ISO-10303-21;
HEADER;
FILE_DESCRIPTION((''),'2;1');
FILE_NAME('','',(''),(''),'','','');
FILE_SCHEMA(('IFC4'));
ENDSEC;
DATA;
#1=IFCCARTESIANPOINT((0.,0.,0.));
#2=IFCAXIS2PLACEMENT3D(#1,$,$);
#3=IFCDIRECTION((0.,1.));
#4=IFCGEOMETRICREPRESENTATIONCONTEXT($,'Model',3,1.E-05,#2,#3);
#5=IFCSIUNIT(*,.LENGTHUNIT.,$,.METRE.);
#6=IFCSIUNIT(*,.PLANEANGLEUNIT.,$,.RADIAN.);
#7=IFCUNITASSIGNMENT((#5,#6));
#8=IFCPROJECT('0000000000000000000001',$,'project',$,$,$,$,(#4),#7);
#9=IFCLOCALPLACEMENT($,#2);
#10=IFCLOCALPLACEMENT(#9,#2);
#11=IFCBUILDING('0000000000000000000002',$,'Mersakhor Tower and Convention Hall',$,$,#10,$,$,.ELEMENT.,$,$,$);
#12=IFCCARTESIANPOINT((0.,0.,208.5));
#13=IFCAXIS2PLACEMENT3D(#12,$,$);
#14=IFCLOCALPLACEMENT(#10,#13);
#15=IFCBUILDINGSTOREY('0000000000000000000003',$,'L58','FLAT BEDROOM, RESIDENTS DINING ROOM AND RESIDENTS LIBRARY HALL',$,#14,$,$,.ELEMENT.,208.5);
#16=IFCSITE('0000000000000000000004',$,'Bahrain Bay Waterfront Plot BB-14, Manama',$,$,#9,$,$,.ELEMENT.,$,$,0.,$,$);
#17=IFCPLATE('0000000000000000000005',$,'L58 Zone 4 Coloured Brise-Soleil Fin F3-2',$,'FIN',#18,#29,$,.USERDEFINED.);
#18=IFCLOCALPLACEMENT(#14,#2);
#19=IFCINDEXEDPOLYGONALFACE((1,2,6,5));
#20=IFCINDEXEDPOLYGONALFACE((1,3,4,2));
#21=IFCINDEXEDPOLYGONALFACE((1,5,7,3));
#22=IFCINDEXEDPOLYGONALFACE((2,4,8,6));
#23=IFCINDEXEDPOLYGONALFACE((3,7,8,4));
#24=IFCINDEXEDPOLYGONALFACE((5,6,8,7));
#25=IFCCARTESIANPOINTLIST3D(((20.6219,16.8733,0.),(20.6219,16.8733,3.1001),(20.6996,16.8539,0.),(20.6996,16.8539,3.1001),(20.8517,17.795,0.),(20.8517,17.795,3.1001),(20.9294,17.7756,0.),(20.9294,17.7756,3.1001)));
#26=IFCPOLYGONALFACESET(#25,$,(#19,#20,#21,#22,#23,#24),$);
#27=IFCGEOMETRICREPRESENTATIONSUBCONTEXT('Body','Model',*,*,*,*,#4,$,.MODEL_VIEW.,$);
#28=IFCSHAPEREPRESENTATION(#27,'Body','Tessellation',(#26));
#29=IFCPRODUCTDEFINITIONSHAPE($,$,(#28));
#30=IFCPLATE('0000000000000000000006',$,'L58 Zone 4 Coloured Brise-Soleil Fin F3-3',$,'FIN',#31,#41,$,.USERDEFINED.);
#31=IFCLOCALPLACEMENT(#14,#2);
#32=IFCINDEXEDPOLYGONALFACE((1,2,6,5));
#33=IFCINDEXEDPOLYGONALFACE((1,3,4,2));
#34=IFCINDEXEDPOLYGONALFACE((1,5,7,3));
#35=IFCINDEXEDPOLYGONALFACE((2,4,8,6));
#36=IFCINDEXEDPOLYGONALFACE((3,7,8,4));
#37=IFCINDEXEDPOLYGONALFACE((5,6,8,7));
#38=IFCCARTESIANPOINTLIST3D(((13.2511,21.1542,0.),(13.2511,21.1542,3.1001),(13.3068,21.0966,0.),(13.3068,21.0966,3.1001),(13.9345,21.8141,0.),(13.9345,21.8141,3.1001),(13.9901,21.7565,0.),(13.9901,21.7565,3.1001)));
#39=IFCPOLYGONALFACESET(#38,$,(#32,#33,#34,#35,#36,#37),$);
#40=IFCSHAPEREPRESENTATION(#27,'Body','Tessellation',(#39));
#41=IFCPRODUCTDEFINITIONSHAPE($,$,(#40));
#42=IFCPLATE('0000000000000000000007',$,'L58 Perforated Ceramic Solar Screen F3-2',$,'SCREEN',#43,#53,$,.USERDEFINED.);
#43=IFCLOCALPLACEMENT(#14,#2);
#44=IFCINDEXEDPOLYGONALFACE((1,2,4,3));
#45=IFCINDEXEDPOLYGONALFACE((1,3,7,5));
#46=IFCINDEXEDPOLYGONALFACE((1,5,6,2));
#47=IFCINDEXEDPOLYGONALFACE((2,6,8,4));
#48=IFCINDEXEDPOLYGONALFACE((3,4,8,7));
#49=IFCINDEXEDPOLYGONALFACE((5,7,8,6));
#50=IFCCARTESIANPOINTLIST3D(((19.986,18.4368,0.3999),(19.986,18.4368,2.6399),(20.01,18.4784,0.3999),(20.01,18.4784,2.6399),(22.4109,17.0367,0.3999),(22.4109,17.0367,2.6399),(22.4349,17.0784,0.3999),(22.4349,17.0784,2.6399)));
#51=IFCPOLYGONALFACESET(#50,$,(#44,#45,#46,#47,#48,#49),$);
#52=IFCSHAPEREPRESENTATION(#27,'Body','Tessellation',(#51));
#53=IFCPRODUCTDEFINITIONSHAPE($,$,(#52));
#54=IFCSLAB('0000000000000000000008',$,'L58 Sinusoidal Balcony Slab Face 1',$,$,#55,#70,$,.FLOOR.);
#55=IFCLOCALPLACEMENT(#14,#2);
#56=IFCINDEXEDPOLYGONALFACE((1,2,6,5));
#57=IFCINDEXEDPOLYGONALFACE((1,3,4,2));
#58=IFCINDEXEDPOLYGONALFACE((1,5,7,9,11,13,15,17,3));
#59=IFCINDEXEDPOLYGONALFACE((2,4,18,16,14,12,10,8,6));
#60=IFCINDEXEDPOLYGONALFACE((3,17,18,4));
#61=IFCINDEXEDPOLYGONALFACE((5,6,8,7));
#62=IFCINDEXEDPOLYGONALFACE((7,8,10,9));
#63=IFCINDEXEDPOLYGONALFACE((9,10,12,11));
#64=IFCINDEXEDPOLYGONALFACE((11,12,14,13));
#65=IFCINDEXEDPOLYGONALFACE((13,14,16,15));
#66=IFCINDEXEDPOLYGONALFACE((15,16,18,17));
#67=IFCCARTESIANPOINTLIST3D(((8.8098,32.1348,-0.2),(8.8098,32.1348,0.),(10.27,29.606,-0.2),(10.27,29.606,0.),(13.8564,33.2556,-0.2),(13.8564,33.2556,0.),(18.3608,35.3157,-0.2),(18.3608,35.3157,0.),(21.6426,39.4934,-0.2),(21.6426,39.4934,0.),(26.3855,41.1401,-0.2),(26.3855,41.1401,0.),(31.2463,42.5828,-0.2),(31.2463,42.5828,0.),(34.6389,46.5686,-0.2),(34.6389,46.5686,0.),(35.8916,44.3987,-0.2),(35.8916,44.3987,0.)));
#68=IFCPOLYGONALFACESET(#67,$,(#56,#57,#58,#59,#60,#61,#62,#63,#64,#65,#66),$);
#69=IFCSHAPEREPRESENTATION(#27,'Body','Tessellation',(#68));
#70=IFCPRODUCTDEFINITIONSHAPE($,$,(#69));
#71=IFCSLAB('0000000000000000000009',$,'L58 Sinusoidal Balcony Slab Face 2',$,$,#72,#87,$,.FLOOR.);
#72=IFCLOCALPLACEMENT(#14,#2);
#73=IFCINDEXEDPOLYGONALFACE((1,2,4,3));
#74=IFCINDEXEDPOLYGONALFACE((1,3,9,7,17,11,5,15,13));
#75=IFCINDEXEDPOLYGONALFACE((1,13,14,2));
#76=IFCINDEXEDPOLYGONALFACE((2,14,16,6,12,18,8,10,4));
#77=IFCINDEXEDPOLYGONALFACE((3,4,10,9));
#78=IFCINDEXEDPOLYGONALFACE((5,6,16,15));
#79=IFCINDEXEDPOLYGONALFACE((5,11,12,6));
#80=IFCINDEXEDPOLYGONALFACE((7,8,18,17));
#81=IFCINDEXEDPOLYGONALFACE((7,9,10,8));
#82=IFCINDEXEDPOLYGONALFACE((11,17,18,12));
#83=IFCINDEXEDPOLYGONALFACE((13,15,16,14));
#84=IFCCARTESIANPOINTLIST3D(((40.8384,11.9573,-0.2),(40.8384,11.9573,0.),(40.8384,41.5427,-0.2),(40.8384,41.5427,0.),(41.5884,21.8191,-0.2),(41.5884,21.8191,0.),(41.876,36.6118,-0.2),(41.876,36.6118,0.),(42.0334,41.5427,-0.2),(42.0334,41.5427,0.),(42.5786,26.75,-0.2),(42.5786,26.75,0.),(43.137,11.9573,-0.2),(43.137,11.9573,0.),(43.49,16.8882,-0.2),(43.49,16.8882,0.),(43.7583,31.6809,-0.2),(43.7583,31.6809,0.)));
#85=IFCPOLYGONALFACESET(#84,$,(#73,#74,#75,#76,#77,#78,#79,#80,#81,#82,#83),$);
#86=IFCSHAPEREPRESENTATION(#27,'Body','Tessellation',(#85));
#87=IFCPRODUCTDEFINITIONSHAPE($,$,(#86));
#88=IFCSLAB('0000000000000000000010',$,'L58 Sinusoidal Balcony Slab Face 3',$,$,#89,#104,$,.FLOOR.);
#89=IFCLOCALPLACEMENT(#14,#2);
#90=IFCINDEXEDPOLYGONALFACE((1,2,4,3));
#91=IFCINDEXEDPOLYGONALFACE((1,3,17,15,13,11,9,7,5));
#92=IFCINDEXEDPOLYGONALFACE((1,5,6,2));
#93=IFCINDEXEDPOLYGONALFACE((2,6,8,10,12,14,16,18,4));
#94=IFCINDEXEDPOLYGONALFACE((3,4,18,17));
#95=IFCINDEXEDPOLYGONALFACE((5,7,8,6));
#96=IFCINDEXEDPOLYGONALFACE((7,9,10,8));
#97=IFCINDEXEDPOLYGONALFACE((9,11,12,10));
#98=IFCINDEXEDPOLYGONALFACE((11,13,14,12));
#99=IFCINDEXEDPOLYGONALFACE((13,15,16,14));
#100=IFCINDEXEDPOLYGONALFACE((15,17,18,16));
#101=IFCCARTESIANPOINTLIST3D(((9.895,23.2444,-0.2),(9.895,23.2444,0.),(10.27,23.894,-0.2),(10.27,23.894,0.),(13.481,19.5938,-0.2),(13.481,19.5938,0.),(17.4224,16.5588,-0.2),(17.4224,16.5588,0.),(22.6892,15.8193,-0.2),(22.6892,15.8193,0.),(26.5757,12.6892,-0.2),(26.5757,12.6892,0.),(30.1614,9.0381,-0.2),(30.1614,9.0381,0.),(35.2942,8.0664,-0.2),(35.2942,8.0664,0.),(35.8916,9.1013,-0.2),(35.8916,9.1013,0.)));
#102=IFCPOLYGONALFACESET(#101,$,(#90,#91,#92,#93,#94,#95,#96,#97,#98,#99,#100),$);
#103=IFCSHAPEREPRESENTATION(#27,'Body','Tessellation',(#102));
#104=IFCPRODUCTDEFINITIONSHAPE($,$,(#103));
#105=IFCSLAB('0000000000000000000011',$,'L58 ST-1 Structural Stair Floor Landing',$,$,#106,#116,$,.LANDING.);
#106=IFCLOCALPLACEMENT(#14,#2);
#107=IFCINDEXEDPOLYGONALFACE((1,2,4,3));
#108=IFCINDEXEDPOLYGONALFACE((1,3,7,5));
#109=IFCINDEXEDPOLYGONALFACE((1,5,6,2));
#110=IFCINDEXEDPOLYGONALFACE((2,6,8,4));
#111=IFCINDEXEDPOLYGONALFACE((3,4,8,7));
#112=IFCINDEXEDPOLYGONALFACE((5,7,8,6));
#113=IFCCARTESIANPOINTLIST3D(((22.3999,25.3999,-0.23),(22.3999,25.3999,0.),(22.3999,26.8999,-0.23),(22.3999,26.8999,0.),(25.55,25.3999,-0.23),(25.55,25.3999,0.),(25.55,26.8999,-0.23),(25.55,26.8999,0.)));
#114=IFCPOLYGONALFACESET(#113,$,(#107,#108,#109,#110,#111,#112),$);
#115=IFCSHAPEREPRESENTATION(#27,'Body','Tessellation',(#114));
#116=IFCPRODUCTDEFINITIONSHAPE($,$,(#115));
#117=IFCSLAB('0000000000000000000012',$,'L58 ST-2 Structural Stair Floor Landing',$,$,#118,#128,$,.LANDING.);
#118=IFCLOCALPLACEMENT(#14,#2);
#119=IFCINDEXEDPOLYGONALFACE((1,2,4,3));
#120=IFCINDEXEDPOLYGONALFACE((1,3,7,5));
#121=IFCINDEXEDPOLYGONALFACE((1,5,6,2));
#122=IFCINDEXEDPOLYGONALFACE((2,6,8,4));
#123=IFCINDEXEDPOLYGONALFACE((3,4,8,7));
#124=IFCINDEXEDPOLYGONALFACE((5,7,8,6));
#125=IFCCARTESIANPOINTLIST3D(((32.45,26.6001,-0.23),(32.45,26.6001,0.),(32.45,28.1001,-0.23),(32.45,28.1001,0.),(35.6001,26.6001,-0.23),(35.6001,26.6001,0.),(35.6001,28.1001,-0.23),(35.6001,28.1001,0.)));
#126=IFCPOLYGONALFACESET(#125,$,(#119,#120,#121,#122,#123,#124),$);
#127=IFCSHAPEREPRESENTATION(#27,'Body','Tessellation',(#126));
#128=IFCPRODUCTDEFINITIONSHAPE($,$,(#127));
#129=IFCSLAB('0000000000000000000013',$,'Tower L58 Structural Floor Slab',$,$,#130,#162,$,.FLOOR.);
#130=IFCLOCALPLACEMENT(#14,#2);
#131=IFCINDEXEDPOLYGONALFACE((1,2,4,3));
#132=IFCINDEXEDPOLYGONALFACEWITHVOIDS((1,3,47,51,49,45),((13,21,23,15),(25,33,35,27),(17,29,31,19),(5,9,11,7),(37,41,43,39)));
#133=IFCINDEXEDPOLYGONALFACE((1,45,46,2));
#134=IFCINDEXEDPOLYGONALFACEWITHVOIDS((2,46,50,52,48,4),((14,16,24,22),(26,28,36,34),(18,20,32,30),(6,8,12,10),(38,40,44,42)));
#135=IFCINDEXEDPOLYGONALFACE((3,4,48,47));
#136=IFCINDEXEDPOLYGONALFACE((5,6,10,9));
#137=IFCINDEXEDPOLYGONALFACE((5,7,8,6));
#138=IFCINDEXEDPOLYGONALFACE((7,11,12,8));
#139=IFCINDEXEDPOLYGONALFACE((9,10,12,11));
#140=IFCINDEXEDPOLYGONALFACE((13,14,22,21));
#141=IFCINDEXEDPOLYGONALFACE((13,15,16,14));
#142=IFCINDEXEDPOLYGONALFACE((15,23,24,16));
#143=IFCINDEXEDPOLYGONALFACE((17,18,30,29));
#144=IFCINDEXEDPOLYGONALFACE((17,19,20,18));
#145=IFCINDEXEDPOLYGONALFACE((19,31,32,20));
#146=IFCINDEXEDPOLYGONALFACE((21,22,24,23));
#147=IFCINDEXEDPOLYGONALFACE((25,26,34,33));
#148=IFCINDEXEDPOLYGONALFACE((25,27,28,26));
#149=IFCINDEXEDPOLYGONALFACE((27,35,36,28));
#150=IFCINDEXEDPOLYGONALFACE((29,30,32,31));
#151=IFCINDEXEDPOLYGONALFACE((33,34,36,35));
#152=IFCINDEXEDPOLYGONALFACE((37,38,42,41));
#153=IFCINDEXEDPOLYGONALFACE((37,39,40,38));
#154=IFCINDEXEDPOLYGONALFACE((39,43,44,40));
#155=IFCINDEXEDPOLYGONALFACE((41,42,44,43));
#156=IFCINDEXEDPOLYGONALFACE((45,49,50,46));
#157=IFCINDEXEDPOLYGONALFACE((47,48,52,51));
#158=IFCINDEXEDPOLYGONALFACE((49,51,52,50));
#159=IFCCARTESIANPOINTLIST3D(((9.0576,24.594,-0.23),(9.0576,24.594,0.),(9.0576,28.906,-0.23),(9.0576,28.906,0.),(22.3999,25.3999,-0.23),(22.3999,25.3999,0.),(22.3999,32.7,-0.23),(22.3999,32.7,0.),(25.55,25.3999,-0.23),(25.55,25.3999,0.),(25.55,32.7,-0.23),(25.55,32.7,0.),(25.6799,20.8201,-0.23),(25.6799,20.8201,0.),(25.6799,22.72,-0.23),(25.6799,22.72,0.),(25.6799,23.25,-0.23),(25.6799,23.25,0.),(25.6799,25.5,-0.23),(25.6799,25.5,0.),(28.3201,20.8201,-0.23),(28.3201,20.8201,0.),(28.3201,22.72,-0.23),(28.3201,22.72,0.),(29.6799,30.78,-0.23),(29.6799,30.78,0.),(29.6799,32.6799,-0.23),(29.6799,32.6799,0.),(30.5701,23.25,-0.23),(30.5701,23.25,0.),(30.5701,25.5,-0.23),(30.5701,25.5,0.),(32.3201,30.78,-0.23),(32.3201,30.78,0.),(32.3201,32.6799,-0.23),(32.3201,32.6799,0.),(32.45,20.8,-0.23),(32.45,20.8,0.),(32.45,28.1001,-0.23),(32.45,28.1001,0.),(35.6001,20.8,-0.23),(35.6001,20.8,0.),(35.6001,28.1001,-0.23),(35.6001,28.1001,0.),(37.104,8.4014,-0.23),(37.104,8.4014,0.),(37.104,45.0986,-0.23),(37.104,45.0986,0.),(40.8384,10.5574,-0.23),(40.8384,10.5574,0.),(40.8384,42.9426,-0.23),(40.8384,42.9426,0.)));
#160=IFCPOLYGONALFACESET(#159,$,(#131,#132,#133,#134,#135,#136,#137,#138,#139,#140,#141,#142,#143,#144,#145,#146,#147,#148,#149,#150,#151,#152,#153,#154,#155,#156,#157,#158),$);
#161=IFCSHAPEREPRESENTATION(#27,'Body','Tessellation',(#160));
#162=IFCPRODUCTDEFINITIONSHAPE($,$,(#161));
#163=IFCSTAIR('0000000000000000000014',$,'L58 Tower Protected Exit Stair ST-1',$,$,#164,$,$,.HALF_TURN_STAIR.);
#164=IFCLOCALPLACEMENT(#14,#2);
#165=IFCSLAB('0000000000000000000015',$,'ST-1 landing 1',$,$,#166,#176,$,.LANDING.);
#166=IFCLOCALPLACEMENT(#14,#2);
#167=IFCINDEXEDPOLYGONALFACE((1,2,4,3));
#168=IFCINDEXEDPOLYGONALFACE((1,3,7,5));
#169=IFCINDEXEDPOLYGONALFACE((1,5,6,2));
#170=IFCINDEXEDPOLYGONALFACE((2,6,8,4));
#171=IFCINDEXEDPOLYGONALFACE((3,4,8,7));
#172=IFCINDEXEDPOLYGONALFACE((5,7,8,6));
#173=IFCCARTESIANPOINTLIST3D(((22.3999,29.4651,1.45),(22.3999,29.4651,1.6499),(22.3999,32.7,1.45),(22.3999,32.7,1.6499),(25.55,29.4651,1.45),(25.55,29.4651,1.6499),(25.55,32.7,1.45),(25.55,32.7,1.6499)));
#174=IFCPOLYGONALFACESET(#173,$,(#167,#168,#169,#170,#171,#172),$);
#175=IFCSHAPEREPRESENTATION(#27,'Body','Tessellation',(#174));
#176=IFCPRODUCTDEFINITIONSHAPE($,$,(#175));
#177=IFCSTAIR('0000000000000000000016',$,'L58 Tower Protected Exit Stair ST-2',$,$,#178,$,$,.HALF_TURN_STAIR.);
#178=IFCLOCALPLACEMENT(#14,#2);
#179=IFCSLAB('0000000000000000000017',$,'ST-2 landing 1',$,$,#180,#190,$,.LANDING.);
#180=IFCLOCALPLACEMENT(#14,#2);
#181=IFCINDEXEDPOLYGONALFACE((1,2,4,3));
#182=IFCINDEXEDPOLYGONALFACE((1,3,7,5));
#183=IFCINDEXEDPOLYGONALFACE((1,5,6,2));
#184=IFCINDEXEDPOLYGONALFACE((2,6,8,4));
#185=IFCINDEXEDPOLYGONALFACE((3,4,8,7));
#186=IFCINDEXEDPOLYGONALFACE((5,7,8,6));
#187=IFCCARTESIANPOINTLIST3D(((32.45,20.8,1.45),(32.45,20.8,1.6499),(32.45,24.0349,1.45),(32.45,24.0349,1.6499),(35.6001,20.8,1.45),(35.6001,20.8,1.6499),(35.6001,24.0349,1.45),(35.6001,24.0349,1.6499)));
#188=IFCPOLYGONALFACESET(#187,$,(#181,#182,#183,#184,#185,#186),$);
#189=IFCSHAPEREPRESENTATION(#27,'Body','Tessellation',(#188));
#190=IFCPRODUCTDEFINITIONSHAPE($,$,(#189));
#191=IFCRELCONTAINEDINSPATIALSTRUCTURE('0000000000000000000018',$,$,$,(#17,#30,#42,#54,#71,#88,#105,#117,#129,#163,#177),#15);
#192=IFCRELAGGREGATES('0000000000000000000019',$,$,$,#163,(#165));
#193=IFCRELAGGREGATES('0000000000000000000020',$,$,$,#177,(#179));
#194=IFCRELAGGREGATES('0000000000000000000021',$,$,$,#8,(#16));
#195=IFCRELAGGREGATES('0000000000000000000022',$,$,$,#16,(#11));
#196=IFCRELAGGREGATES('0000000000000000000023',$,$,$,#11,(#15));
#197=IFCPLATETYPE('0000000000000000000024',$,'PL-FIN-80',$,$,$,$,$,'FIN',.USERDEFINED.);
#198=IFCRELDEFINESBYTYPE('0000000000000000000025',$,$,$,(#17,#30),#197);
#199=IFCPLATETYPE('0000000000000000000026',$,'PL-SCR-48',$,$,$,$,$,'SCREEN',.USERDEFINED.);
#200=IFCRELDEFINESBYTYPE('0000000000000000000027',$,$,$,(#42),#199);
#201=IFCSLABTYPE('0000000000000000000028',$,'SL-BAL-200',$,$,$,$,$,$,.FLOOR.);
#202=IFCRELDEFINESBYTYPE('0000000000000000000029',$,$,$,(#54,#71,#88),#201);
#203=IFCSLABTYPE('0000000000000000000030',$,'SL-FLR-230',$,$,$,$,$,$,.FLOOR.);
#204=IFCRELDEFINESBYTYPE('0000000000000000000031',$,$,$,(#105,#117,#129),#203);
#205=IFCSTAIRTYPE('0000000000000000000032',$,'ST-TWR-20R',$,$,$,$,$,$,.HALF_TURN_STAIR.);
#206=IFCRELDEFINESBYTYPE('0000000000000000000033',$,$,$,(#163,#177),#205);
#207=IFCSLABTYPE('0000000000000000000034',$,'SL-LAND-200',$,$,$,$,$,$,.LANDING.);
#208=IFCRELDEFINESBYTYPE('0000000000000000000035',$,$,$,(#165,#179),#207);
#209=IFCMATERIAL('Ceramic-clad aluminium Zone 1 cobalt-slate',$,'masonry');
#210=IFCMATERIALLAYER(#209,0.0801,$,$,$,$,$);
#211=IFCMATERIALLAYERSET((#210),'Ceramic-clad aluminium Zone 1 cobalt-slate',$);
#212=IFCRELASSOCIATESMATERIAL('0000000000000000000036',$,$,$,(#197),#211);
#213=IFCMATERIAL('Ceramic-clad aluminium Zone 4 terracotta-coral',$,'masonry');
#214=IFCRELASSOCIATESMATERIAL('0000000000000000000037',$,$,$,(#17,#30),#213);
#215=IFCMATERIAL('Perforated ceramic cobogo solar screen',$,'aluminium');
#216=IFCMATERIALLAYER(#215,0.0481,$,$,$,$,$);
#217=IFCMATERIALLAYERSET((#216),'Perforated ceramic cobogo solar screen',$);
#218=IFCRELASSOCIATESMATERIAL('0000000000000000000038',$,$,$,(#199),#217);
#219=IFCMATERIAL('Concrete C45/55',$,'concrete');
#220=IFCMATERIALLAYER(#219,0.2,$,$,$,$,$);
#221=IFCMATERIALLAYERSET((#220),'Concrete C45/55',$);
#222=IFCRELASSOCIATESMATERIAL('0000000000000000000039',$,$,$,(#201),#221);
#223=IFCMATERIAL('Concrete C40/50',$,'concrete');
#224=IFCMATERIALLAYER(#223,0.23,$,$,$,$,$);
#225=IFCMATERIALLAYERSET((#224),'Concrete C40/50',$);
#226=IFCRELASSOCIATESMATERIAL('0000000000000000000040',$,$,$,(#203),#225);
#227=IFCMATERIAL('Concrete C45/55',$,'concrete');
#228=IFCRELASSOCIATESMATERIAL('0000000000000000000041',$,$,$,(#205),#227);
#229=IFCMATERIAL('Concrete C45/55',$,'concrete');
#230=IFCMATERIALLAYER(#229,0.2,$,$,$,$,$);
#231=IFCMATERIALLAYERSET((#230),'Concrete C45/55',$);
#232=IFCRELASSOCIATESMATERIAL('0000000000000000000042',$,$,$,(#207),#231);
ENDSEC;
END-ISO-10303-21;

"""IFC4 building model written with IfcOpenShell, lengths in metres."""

from ifc_helpers import new_model, si_unit, direction, frame, origin, origin_2d, place, context, subcontext, project, spatial, polyline, rectangle, outline, extrude, material, layer, layer_set, type_object, element, aggregate, save


model = new_model("IFC4")

# Units and contexts
model_context = context("Model", 3, precision=1e-05, world=origin(), true_north=direction((0.0, 1.0)))
body_context = subcontext(model_context, "Body", "Model", "MODEL_VIEW")
ifc_project = project(units=[si_unit("LENGTHUNIT", "METRE"), si_unit("PLANEANGLEUNIT", "RADIAN")], contexts=[model_context])

# Site, building, storey
site_placement = place(None, origin())
site = spatial("IfcSite", under=ifc_project, at=site_placement, Name="Bahrain Bay Waterfront Plot BB-14, Manama", CompositionType="ELEMENT", RefElevation=0.0)
building_placement = place(site_placement, origin())
building = spatial("IfcBuilding", under=site, at=building_placement, Name="Mersakhor Tower and Convention Hall", CompositionType="ELEMENT")
storey_placement = place(building_placement, frame((0.0, 0.0, 208.5)))
storey = spatial("IfcBuildingStorey", under=building, at=storey_placement, Name="L58", Description="FLAT BEDROOM, RESIDENTS DINING ROOM AND RESIDENTS LIBRARY HALL", CompositionType="ELEMENT", Elevation=208.5)

# Plates
ifc_material_1 = material(Name="Ceramic-clad aluminium Zone 4 terracotta-coral", Category="masonry")
ifc_material_2 = material(Name="Ceramic-clad aluminium Zone 1 cobalt-slate", Category="masonry")
ifc_layer_1 = layer(ifc_material_2, 0.0801)
ifc_layer_set_1 = layer_set([ifc_layer_1], Name="Ceramic-clad aluminium Zone 1 cobalt-slate")
plate_type_1 = type_object("IfcPlateType", Name="PL-FIN-80", ElementType="FIN", PredefinedType="USERDEFINED", material=ifc_layer_set_1)
for number, where, z_axis, x_axis, name in (
    (1, (20.7756, 17.3245, 0.0), (0.0, 0.0, 1.0), (-0.241922, -0.970296, 0.0), "L58 Zone 4 Coloured Brise-Soleil Fin F3-2"),
    (2, (13.6206, 21.4553, 0.0), (0.0, 0.0, 1.0), (-0.71934, -0.694658, 0.0), "L58 Zone 4 Coloured Brise-Soleil Fin F3-3"),
):
    element("IfcPlate", number, at=place(storey_placement, frame(where, z_axis=z_axis, x_axis=x_axis)), inside=storey, type_object=plate_type_1, material=ifc_material_1, Name=name, ObjectType="FIN", PredefinedType="USERDEFINED", context=body_context, shape_type="SweptSolid", body=[
        extrude(rectangle(XDim=0.95, YDim=0.0801, at=origin_2d()), origin(), (0.0, 0.0, 1.0), 3.1001),
    ])
ifc_material_3 = material(Name="Perforated ceramic cobogo solar screen", Category="aluminium")
ifc_layer_2 = layer(ifc_material_3, 0.0481)
ifc_layer_set_2 = layer_set([ifc_layer_2], Name="Perforated ceramic cobogo solar screen")
plate_type_2 = type_object("IfcPlateType", Name="PL-SCR-48", ElementType="SCREEN", PredefinedType="USERDEFINED", material=ifc_layer_set_2)
plate_1_placement = place(storey_placement, frame((21.2104, 17.7576, 0.3999), z_axis=(0.0, 0.0, 1.0), x_axis=(-0.866025, 0.5, 0.0)))
element("IfcPlate", 3, at=plate_1_placement, inside=storey, type_object=plate_type_2, Name="L58 Perforated Ceramic Solar Screen F3-2", ObjectType="SCREEN", PredefinedType="USERDEFINED", context=body_context, shape_type="SweptSolid", body=[
    extrude(rectangle(XDim=2.8, YDim=0.0481, at=origin_2d()), origin(), (0.0, 0.0, 1.0), 2.24),
])

# Slabs
ifc_material_4 = material(Name="Concrete C45/55", Category="concrete")
ifc_layer_3 = layer(ifc_material_4, 0.2)
ifc_layer_set_3 = layer_set([ifc_layer_3], Name="Concrete C45/55")
slab_type_1 = type_object("IfcSlabType", Name="SL-BAL-200", PredefinedType="FLOOR", material=ifc_layer_set_3)
slab_1_placement = place(storey_placement, frame((0.0, 0.0, -0.2)))
element("IfcSlab", 4, at=slab_1_placement, inside=storey, type_object=slab_type_1, Name="L58 Sinusoidal Balcony Slab Face 1", PredefinedType="FLOOR", context=body_context, shape_type="SweptSolid", body=[
    extrude(outline(polyline([(10.27, 29.606), (35.8916, 44.3987), (34.6389, 46.5686), (31.2463, 42.5828), (26.3855, 41.1401), (21.6426, 39.4934), (18.3608, 35.3157), (13.8564, 33.2556), (8.8098, 32.1348), (10.27, 29.606)])), origin(), (0.0, 0.0, 1.0), 0.2),
])
slab_2_placement = place(storey_placement, frame((0.0, 0.0, -0.2)))
element("IfcSlab", 5, at=slab_2_placement, inside=storey, type_object=slab_type_1, Name="L58 Sinusoidal Balcony Slab Face 2", PredefinedType="FLOOR", context=body_context, shape_type="SweptSolid", body=[
    extrude(outline(polyline([(40.8384, 41.5427), (40.8384, 11.9573), (43.137, 11.9573), (43.49, 16.8882), (41.5884, 21.8191), (42.5786, 26.75), (43.7583, 31.6809), (41.876, 36.6118), (42.0334, 41.5427), (40.8384, 41.5427)])), origin(), (0.0, 0.0, 1.0), 0.2),
])
slab_3_placement = place(storey_placement, frame((0.0, 0.0, -0.2)))
element("IfcSlab", 6, at=slab_3_placement, inside=storey, type_object=slab_type_1, Name="L58 Sinusoidal Balcony Slab Face 3", PredefinedType="FLOOR", context=body_context, shape_type="SweptSolid", body=[
    extrude(outline(polyline([(35.8916, 9.1013), (10.27, 23.894), (9.895, 23.2444), (13.481, 19.5938), (17.4224, 16.5588), (22.6892, 15.8193), (26.5757, 12.6892), (30.1614, 9.0381), (35.2942, 8.0664), (35.8916, 9.1013)])), origin(), (0.0, 0.0, 1.0), 0.2),
])
ifc_material_5 = material(Name="Concrete C40/50", Category="concrete")
ifc_layer_4 = layer(ifc_material_5, 0.23)
ifc_layer_set_4 = layer_set([ifc_layer_4], Name="Concrete C40/50")
slab_type_2 = type_object("IfcSlabType", Name="SL-FLR-230", PredefinedType="FLOOR", material=ifc_layer_set_4)
slab_4_placement = place(storey_placement, frame((0.0, 0.0, -0.23)))
element("IfcSlab", 7, at=slab_4_placement, inside=storey, type_object=slab_type_2, Name="L58 ST-1 Structural Stair Floor Landing", PredefinedType="LANDING", context=body_context, shape_type="SweptSolid", body=[
    extrude(outline(polyline([(25.55, 25.3999), (25.55, 26.8999), (22.3999, 26.8999), (22.3999, 25.3999), (25.55, 25.3999)])), origin(), (0.0, 0.0, 1.0), 0.23),
])
slab_5_placement = place(storey_placement, frame((0.0, 0.0, -0.23)))
element("IfcSlab", 8, at=slab_5_placement, inside=storey, type_object=slab_type_2, Name="L58 ST-2 Structural Stair Floor Landing", PredefinedType="LANDING", context=body_context, shape_type="SweptSolid", body=[
    extrude(outline(polyline([(32.45, 28.1001), (32.45, 26.6001), (35.6001, 26.6001), (35.6001, 28.1001), (32.45, 28.1001)])), origin(), (0.0, 0.0, 1.0), 0.23),
])
slab_6_placement = place(storey_placement, frame((0.0, 0.0, -0.23)))
element("IfcSlab", 9, at=slab_6_placement, inside=storey, type_object=slab_type_2, Name="Tower L58 Structural Floor Slab", PredefinedType="FLOOR", context=body_context, shape_type="SweptSolid", body=[
    extrude(outline(polyline([(9.0576, 28.906), (37.104, 45.0986), (40.8384, 42.9426), (40.8384, 10.5574), (37.104, 8.4014), (9.0576, 24.594), (9.0576, 28.906)]), holes=[polyline([(25.55, 25.3999), (25.55, 32.7), (22.3999, 32.7), (22.3999, 25.3999), (25.55, 25.3999)]), polyline([(32.45, 28.1001), (32.45, 20.8), (35.6001, 20.8), (35.6001, 28.1001), (32.45, 28.1001)]), polyline([(25.6799, 20.8201), (25.6799, 22.72), (28.3201, 22.72), (28.3201, 20.8201), (25.6799, 20.8201)]), polyline([(29.6799, 30.78), (29.6799, 32.6799), (32.3201, 32.6799), (32.3201, 30.78), (29.6799, 30.78)]), polyline([(25.6799, 23.25), (25.6799, 25.5), (30.5701, 25.5), (30.5701, 23.25), (25.6799, 23.25)])]), origin(), (0.0, 0.0, 1.0), 0.23),
])

# Stairs, slabs
ifc_material_6 = material(Name="Concrete C45/55", Category="concrete")
stair_type = type_object("IfcStairType", Name="ST-TWR-20R", PredefinedType="HALF_TURN_STAIR", material=ifc_material_6)
stair_1_placement = place(storey_placement, origin())
stair_1 = element("IfcStair", 10, at=stair_1_placement, inside=storey, type_object=stair_type, Name="L58 Tower Protected Exit Stair ST-1", PredefinedType="HALF_TURN_STAIR")
ifc_material_7 = material(Name="Concrete C45/55", Category="concrete")
ifc_layer_5 = layer(ifc_material_7, 0.2)
ifc_layer_set_5 = layer_set([ifc_layer_5], Name="Concrete C45/55")
slab_type_3 = type_object("IfcSlabType", Name="SL-LAND-200", PredefinedType="LANDING", material=ifc_layer_set_5)
slab_7_placement = place(storey_placement, frame((0.0, 0.0, 1.45)))
slab_7 = element("IfcSlab", 11, at=slab_7_placement, type_object=slab_type_3, Name="ST-1 landing 1", PredefinedType="LANDING", context=body_context, shape_type="SweptSolid", body=[
    extrude(outline(polyline([(25.55, 29.4651), (25.55, 32.7), (22.3999, 32.7), (22.3999, 29.4651), (25.55, 29.4651)])), origin(), (0.0, 0.0, 1.0), 0.2),
])
aggregate(stair_1, [slab_7])
stair_2_placement = place(storey_placement, origin())
stair_2 = element("IfcStair", 12, at=stair_2_placement, inside=storey, type_object=stair_type, Name="L58 Tower Protected Exit Stair ST-2", PredefinedType="HALF_TURN_STAIR")
slab_8_placement = place(storey_placement, frame((0.0, 0.0, 1.45)))
slab_8 = element("IfcSlab", 13, at=slab_8_placement, type_object=slab_type_3, Name="ST-2 landing 1", PredefinedType="LANDING", context=body_context, shape_type="SweptSolid", body=[
    extrude(outline(polyline([(32.45, 24.0349), (32.45, 20.8), (35.6001, 20.8), (35.6001, 24.0349), (32.45, 24.0349)])), origin(), (0.0, 0.0, 1.0), 0.2),
])
aggregate(stair_2, [slab_8])

save(model, "model.ifc")
